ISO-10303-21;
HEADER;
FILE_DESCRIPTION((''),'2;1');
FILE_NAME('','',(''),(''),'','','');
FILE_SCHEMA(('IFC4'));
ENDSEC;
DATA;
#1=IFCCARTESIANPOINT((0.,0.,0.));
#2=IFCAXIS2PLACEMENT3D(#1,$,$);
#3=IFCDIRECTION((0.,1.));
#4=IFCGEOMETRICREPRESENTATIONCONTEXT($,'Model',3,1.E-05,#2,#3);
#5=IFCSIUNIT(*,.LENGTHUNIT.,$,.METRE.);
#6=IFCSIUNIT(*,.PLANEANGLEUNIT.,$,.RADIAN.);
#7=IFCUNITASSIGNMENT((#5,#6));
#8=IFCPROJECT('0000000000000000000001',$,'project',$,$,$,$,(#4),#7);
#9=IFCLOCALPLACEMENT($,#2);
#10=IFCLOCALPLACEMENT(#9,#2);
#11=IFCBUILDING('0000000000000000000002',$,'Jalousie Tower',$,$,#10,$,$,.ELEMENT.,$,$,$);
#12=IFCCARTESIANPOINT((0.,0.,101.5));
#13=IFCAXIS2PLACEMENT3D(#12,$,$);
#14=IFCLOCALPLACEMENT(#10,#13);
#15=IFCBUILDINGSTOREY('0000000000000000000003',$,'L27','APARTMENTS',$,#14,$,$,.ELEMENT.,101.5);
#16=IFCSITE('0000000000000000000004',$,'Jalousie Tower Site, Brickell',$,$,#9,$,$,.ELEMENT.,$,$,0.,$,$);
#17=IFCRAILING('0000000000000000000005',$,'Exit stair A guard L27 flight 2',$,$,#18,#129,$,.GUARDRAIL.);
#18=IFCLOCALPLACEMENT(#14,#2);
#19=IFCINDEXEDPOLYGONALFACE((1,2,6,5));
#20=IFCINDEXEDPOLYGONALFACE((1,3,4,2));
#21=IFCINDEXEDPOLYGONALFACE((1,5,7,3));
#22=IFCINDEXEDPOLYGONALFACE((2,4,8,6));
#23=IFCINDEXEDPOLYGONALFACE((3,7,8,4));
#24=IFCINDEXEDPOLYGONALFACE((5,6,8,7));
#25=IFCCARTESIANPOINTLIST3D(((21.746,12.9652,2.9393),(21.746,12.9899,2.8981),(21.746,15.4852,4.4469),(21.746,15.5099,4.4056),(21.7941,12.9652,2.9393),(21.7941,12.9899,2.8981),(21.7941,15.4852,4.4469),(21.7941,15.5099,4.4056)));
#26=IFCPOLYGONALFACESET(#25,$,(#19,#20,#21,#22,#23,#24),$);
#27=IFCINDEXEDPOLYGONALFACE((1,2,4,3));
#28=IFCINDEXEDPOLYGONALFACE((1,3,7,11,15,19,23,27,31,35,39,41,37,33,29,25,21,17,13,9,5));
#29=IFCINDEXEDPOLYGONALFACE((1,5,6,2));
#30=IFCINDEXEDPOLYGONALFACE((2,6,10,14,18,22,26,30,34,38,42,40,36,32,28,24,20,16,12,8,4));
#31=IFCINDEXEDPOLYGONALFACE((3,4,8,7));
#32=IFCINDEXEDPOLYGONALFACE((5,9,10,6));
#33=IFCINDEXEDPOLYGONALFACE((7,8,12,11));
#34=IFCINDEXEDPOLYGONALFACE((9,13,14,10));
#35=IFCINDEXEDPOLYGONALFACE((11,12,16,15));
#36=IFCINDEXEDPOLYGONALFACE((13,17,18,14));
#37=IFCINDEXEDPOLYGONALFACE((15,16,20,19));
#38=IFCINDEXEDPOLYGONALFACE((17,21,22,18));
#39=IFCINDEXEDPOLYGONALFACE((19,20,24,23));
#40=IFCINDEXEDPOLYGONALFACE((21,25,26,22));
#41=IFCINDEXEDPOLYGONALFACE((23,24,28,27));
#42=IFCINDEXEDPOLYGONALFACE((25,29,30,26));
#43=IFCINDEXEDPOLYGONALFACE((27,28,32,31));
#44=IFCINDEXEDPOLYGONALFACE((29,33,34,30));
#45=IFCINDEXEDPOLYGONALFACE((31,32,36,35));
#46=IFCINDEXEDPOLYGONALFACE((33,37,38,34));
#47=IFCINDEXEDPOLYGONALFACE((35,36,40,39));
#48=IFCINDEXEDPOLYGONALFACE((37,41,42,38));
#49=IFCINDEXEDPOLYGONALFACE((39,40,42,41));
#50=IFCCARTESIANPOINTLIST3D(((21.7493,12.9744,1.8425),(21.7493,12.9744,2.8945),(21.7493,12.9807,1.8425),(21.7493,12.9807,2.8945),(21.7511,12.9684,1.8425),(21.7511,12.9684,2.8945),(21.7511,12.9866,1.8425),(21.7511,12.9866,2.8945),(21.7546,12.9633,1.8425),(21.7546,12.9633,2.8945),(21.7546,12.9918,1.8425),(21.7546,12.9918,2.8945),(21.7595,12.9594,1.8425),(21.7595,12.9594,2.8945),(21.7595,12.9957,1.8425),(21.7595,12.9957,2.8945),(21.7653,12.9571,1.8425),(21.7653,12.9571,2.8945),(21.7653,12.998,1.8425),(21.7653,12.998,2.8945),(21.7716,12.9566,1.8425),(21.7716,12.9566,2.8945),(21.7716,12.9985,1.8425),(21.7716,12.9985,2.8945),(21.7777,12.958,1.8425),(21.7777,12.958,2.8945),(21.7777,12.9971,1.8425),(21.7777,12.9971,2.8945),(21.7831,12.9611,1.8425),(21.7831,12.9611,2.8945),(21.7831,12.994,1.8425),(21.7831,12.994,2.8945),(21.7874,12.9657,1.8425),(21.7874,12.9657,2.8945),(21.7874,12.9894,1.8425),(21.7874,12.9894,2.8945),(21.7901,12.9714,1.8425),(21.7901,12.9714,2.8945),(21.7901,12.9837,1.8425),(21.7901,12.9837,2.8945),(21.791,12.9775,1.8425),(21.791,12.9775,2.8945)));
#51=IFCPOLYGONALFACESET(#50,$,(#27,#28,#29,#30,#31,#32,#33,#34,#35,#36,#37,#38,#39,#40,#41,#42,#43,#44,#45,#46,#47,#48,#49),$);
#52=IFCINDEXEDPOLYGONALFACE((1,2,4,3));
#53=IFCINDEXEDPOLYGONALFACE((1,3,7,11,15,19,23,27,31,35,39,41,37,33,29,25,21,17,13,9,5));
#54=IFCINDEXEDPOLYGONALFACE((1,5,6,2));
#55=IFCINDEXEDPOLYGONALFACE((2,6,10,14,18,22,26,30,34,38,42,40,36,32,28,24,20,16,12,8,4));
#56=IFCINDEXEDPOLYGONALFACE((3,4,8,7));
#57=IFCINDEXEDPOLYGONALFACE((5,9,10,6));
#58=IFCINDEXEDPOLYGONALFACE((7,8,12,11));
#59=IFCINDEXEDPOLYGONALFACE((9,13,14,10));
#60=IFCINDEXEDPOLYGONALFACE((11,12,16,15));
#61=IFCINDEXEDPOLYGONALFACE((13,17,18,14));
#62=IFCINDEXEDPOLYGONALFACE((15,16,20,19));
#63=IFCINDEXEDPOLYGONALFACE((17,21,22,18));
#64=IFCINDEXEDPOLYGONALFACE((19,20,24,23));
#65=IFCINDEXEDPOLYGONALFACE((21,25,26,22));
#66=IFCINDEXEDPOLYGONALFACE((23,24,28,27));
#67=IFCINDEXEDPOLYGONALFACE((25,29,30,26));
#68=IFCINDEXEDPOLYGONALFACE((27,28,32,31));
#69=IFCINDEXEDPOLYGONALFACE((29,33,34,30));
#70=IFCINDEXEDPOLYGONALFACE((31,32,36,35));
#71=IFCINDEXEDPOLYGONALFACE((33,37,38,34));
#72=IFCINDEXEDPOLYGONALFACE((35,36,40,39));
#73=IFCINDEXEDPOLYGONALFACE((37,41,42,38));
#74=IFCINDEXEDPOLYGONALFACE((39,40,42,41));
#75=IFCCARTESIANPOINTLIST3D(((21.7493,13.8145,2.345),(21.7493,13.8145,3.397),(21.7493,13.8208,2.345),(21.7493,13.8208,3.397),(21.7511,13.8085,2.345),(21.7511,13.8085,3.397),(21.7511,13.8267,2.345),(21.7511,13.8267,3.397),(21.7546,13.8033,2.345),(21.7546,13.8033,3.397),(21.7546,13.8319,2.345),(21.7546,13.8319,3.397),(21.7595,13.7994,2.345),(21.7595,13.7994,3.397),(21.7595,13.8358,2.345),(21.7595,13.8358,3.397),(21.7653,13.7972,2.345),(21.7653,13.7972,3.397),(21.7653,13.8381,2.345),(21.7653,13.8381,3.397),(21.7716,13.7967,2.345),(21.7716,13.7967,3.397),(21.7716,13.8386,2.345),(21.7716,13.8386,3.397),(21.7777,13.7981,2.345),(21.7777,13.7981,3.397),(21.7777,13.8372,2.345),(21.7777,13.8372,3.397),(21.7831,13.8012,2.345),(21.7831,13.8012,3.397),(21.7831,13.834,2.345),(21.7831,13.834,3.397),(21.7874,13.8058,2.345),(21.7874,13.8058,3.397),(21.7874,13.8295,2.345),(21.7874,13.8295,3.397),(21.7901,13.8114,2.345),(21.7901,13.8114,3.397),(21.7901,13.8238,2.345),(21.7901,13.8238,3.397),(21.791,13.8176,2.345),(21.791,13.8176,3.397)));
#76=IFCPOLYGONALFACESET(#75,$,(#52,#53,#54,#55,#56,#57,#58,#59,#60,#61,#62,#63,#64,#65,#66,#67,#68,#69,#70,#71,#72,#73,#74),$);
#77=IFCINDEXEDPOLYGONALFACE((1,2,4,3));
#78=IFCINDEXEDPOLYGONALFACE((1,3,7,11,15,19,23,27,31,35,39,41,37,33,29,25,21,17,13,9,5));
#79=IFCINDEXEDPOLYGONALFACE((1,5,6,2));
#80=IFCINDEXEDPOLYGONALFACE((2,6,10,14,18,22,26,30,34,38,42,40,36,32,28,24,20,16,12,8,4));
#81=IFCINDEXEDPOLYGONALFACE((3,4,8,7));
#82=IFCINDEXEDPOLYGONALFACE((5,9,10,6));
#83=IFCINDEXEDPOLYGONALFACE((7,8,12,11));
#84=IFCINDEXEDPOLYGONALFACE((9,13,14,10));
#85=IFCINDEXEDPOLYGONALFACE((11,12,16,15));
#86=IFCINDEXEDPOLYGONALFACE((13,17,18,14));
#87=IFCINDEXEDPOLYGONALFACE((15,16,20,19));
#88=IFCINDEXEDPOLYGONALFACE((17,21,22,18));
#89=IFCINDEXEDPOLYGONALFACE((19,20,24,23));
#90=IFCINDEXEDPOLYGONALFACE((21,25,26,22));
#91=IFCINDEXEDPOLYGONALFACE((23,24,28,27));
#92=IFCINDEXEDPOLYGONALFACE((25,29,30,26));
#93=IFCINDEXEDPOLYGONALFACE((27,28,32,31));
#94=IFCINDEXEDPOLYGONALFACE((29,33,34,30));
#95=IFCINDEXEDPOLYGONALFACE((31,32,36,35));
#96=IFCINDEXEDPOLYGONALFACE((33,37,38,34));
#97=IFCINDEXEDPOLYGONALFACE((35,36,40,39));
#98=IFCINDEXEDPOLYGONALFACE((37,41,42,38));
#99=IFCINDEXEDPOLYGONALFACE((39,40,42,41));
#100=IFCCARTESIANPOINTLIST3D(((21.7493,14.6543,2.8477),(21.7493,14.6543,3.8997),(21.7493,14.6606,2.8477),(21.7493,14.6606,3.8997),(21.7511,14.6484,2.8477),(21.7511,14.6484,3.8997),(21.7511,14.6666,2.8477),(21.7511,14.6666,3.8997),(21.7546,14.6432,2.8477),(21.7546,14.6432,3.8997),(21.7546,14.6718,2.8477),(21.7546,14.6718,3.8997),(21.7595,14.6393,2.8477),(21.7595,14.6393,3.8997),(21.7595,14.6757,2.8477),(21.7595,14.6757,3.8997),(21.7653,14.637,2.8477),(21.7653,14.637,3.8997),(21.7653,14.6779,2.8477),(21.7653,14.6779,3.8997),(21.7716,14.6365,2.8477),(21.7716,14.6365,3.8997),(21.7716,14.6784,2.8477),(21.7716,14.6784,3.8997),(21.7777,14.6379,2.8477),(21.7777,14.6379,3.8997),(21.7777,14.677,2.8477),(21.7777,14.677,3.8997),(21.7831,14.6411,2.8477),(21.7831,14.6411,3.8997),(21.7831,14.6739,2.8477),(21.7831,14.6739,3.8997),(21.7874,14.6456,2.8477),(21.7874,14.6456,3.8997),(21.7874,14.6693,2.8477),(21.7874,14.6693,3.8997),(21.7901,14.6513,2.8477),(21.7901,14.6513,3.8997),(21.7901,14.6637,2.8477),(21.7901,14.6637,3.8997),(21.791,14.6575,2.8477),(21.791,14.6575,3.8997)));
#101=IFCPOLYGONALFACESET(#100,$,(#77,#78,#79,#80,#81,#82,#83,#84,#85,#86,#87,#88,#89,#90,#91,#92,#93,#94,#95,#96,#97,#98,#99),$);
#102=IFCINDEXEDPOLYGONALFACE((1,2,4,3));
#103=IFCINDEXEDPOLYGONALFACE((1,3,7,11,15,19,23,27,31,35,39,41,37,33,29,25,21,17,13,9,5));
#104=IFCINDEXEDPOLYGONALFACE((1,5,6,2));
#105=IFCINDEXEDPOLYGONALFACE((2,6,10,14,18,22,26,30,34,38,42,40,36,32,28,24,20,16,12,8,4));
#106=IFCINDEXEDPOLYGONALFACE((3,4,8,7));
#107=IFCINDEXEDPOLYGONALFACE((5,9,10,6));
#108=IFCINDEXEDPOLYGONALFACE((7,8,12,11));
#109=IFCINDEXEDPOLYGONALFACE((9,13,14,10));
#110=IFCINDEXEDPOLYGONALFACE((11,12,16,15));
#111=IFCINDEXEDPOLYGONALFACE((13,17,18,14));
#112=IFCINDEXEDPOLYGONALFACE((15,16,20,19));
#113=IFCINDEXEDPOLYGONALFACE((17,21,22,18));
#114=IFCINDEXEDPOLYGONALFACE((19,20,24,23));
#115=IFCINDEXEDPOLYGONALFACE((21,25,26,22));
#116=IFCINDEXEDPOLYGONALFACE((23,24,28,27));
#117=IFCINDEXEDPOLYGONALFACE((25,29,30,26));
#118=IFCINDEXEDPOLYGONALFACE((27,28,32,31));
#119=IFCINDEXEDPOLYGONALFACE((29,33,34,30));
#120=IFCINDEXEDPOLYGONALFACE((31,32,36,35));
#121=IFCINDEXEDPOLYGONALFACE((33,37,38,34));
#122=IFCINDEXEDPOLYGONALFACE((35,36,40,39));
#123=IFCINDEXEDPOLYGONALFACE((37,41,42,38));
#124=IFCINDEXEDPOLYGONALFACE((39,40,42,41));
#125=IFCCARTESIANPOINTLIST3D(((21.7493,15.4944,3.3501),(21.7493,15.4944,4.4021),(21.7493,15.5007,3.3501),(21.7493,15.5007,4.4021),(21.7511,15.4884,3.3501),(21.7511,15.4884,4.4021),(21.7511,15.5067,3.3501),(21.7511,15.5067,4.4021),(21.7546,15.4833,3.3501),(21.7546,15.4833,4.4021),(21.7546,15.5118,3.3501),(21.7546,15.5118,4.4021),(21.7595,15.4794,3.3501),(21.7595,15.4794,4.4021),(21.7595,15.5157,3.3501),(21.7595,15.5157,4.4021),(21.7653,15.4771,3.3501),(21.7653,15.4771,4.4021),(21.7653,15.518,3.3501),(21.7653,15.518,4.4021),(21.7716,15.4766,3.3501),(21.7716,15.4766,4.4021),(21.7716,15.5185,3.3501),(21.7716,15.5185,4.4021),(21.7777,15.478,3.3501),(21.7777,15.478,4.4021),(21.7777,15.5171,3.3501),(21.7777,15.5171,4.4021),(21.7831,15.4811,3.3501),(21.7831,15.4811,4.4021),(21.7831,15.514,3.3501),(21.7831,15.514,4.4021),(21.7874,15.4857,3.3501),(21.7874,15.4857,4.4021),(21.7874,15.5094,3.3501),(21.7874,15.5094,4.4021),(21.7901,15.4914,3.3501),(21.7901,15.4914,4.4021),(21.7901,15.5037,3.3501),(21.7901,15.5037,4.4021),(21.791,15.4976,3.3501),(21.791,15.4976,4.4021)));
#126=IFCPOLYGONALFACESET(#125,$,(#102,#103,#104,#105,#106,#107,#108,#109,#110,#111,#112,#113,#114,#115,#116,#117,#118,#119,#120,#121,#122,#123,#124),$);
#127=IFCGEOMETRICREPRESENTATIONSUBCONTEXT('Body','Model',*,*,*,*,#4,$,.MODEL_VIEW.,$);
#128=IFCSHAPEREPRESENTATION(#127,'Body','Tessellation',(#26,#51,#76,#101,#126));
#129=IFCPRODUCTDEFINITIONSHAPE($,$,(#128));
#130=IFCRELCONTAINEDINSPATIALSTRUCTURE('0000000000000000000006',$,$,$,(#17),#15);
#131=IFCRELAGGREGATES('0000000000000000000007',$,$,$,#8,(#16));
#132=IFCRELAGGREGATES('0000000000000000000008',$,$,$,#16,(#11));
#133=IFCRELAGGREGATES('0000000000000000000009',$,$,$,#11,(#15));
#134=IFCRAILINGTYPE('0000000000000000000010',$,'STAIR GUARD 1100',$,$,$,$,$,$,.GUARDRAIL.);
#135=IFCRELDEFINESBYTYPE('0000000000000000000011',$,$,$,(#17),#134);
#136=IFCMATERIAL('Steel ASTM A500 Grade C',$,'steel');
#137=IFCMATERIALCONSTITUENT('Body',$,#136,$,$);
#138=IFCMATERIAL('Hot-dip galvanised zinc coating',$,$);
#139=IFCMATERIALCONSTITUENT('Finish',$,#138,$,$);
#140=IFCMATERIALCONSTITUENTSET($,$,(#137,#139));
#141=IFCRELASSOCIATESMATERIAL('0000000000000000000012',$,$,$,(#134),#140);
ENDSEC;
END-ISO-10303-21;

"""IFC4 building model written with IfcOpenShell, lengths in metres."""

from ifc_helpers import new_model, si_unit, direction, frame, origin, origin_2d, place, context, subcontext, project, spatial, rectangle, circle, extrude, material, constituent, constituent_set, type_object, element, save


model = new_model("IFC4")

# Units and contexts
model_context = context("Model", 3, precision=1e-05, world=origin(), true_north=direction((0.0, 1.0)))
body_context = subcontext(model_context, "Body", "Model", "MODEL_VIEW")
ifc_project = project(units=[si_unit("LENGTHUNIT", "METRE"), si_unit("PLANEANGLEUNIT", "RADIAN")], contexts=[model_context])

# Site, building, storey
site_placement = place(None, origin())
site = spatial("IfcSite", under=ifc_project, at=site_placement, Name="Jalousie Tower Site, Brickell", CompositionType="ELEMENT", RefElevation=0.0)
building_placement = place(site_placement, origin())
building = spatial("IfcBuilding", under=site, at=building_placement, Name="Jalousie Tower", CompositionType="ELEMENT")
storey_placement = place(building_placement, frame((0.0, 0.0, 101.5)))
storey = spatial("IfcBuildingStorey", under=building, at=storey_placement, Name="L27", Description="APARTMENTS", CompositionType="ELEMENT", Elevation=101.5)

# Railing
ifc_material_1 = material(Name="Steel ASTM A500 Grade C", Category="steel")
ifc_constituent_1 = constituent(ifc_material_1, Name="Body")
ifc_material_2 = material(Name="Hot-dip galvanised zinc coating")
ifc_constituent_2 = constituent(ifc_material_2, Name="Finish")
ifc_constituent_set_1 = constituent_set(constituents=[ifc_constituent_1, ifc_constituent_2])
railing_type_1 = type_object("IfcRailingType", Name="STAIR GUARD 1100", PredefinedType="GUARDRAIL", material=ifc_constituent_set_1)
railing_1_placement = place(storey_placement, frame((21.77, 12.9775, 1.8425)))
element("IfcRailing", 1, at=railing_1_placement, inside=storey, type_object=railing_type_1, Name="Exit stair A guard L27 flight 2", PredefinedType="GUARDRAIL", context=body_context, shape_type="SweptSolid", body=[
    extrude(rectangle(XDim=0.0481, YDim=0.0481, at=origin_2d()), frame((0.0, 0.0, 1.0762), z_axis=(0.0, 0.85816, 0.513383), x_axis=(-1.0, 0.0, 0.0)), (0.0, 0.0, 1.0), 2.9365),
    extrude(circle(Radius=0.021, at=origin_2d()), origin(), (0.0, 0.0, 1.0), 1.052),
    extrude(circle(Radius=0.021, at=origin_2d()), frame((0.0, 0.8401, 0.5024)), (0.0, 0.0, 1.0), 1.052),
    extrude(circle(Radius=0.021, at=origin_2d()), frame((0.0, 1.6799, 1.0051)), (0.0, 0.0, 1.0), 1.052),
    extrude(circle(Radius=0.021, at=origin_2d()), frame((0.0, 2.52, 1.5076)), (0.0, 0.0, 1.0), 1.052),
])

save(model, "model.ifc")
